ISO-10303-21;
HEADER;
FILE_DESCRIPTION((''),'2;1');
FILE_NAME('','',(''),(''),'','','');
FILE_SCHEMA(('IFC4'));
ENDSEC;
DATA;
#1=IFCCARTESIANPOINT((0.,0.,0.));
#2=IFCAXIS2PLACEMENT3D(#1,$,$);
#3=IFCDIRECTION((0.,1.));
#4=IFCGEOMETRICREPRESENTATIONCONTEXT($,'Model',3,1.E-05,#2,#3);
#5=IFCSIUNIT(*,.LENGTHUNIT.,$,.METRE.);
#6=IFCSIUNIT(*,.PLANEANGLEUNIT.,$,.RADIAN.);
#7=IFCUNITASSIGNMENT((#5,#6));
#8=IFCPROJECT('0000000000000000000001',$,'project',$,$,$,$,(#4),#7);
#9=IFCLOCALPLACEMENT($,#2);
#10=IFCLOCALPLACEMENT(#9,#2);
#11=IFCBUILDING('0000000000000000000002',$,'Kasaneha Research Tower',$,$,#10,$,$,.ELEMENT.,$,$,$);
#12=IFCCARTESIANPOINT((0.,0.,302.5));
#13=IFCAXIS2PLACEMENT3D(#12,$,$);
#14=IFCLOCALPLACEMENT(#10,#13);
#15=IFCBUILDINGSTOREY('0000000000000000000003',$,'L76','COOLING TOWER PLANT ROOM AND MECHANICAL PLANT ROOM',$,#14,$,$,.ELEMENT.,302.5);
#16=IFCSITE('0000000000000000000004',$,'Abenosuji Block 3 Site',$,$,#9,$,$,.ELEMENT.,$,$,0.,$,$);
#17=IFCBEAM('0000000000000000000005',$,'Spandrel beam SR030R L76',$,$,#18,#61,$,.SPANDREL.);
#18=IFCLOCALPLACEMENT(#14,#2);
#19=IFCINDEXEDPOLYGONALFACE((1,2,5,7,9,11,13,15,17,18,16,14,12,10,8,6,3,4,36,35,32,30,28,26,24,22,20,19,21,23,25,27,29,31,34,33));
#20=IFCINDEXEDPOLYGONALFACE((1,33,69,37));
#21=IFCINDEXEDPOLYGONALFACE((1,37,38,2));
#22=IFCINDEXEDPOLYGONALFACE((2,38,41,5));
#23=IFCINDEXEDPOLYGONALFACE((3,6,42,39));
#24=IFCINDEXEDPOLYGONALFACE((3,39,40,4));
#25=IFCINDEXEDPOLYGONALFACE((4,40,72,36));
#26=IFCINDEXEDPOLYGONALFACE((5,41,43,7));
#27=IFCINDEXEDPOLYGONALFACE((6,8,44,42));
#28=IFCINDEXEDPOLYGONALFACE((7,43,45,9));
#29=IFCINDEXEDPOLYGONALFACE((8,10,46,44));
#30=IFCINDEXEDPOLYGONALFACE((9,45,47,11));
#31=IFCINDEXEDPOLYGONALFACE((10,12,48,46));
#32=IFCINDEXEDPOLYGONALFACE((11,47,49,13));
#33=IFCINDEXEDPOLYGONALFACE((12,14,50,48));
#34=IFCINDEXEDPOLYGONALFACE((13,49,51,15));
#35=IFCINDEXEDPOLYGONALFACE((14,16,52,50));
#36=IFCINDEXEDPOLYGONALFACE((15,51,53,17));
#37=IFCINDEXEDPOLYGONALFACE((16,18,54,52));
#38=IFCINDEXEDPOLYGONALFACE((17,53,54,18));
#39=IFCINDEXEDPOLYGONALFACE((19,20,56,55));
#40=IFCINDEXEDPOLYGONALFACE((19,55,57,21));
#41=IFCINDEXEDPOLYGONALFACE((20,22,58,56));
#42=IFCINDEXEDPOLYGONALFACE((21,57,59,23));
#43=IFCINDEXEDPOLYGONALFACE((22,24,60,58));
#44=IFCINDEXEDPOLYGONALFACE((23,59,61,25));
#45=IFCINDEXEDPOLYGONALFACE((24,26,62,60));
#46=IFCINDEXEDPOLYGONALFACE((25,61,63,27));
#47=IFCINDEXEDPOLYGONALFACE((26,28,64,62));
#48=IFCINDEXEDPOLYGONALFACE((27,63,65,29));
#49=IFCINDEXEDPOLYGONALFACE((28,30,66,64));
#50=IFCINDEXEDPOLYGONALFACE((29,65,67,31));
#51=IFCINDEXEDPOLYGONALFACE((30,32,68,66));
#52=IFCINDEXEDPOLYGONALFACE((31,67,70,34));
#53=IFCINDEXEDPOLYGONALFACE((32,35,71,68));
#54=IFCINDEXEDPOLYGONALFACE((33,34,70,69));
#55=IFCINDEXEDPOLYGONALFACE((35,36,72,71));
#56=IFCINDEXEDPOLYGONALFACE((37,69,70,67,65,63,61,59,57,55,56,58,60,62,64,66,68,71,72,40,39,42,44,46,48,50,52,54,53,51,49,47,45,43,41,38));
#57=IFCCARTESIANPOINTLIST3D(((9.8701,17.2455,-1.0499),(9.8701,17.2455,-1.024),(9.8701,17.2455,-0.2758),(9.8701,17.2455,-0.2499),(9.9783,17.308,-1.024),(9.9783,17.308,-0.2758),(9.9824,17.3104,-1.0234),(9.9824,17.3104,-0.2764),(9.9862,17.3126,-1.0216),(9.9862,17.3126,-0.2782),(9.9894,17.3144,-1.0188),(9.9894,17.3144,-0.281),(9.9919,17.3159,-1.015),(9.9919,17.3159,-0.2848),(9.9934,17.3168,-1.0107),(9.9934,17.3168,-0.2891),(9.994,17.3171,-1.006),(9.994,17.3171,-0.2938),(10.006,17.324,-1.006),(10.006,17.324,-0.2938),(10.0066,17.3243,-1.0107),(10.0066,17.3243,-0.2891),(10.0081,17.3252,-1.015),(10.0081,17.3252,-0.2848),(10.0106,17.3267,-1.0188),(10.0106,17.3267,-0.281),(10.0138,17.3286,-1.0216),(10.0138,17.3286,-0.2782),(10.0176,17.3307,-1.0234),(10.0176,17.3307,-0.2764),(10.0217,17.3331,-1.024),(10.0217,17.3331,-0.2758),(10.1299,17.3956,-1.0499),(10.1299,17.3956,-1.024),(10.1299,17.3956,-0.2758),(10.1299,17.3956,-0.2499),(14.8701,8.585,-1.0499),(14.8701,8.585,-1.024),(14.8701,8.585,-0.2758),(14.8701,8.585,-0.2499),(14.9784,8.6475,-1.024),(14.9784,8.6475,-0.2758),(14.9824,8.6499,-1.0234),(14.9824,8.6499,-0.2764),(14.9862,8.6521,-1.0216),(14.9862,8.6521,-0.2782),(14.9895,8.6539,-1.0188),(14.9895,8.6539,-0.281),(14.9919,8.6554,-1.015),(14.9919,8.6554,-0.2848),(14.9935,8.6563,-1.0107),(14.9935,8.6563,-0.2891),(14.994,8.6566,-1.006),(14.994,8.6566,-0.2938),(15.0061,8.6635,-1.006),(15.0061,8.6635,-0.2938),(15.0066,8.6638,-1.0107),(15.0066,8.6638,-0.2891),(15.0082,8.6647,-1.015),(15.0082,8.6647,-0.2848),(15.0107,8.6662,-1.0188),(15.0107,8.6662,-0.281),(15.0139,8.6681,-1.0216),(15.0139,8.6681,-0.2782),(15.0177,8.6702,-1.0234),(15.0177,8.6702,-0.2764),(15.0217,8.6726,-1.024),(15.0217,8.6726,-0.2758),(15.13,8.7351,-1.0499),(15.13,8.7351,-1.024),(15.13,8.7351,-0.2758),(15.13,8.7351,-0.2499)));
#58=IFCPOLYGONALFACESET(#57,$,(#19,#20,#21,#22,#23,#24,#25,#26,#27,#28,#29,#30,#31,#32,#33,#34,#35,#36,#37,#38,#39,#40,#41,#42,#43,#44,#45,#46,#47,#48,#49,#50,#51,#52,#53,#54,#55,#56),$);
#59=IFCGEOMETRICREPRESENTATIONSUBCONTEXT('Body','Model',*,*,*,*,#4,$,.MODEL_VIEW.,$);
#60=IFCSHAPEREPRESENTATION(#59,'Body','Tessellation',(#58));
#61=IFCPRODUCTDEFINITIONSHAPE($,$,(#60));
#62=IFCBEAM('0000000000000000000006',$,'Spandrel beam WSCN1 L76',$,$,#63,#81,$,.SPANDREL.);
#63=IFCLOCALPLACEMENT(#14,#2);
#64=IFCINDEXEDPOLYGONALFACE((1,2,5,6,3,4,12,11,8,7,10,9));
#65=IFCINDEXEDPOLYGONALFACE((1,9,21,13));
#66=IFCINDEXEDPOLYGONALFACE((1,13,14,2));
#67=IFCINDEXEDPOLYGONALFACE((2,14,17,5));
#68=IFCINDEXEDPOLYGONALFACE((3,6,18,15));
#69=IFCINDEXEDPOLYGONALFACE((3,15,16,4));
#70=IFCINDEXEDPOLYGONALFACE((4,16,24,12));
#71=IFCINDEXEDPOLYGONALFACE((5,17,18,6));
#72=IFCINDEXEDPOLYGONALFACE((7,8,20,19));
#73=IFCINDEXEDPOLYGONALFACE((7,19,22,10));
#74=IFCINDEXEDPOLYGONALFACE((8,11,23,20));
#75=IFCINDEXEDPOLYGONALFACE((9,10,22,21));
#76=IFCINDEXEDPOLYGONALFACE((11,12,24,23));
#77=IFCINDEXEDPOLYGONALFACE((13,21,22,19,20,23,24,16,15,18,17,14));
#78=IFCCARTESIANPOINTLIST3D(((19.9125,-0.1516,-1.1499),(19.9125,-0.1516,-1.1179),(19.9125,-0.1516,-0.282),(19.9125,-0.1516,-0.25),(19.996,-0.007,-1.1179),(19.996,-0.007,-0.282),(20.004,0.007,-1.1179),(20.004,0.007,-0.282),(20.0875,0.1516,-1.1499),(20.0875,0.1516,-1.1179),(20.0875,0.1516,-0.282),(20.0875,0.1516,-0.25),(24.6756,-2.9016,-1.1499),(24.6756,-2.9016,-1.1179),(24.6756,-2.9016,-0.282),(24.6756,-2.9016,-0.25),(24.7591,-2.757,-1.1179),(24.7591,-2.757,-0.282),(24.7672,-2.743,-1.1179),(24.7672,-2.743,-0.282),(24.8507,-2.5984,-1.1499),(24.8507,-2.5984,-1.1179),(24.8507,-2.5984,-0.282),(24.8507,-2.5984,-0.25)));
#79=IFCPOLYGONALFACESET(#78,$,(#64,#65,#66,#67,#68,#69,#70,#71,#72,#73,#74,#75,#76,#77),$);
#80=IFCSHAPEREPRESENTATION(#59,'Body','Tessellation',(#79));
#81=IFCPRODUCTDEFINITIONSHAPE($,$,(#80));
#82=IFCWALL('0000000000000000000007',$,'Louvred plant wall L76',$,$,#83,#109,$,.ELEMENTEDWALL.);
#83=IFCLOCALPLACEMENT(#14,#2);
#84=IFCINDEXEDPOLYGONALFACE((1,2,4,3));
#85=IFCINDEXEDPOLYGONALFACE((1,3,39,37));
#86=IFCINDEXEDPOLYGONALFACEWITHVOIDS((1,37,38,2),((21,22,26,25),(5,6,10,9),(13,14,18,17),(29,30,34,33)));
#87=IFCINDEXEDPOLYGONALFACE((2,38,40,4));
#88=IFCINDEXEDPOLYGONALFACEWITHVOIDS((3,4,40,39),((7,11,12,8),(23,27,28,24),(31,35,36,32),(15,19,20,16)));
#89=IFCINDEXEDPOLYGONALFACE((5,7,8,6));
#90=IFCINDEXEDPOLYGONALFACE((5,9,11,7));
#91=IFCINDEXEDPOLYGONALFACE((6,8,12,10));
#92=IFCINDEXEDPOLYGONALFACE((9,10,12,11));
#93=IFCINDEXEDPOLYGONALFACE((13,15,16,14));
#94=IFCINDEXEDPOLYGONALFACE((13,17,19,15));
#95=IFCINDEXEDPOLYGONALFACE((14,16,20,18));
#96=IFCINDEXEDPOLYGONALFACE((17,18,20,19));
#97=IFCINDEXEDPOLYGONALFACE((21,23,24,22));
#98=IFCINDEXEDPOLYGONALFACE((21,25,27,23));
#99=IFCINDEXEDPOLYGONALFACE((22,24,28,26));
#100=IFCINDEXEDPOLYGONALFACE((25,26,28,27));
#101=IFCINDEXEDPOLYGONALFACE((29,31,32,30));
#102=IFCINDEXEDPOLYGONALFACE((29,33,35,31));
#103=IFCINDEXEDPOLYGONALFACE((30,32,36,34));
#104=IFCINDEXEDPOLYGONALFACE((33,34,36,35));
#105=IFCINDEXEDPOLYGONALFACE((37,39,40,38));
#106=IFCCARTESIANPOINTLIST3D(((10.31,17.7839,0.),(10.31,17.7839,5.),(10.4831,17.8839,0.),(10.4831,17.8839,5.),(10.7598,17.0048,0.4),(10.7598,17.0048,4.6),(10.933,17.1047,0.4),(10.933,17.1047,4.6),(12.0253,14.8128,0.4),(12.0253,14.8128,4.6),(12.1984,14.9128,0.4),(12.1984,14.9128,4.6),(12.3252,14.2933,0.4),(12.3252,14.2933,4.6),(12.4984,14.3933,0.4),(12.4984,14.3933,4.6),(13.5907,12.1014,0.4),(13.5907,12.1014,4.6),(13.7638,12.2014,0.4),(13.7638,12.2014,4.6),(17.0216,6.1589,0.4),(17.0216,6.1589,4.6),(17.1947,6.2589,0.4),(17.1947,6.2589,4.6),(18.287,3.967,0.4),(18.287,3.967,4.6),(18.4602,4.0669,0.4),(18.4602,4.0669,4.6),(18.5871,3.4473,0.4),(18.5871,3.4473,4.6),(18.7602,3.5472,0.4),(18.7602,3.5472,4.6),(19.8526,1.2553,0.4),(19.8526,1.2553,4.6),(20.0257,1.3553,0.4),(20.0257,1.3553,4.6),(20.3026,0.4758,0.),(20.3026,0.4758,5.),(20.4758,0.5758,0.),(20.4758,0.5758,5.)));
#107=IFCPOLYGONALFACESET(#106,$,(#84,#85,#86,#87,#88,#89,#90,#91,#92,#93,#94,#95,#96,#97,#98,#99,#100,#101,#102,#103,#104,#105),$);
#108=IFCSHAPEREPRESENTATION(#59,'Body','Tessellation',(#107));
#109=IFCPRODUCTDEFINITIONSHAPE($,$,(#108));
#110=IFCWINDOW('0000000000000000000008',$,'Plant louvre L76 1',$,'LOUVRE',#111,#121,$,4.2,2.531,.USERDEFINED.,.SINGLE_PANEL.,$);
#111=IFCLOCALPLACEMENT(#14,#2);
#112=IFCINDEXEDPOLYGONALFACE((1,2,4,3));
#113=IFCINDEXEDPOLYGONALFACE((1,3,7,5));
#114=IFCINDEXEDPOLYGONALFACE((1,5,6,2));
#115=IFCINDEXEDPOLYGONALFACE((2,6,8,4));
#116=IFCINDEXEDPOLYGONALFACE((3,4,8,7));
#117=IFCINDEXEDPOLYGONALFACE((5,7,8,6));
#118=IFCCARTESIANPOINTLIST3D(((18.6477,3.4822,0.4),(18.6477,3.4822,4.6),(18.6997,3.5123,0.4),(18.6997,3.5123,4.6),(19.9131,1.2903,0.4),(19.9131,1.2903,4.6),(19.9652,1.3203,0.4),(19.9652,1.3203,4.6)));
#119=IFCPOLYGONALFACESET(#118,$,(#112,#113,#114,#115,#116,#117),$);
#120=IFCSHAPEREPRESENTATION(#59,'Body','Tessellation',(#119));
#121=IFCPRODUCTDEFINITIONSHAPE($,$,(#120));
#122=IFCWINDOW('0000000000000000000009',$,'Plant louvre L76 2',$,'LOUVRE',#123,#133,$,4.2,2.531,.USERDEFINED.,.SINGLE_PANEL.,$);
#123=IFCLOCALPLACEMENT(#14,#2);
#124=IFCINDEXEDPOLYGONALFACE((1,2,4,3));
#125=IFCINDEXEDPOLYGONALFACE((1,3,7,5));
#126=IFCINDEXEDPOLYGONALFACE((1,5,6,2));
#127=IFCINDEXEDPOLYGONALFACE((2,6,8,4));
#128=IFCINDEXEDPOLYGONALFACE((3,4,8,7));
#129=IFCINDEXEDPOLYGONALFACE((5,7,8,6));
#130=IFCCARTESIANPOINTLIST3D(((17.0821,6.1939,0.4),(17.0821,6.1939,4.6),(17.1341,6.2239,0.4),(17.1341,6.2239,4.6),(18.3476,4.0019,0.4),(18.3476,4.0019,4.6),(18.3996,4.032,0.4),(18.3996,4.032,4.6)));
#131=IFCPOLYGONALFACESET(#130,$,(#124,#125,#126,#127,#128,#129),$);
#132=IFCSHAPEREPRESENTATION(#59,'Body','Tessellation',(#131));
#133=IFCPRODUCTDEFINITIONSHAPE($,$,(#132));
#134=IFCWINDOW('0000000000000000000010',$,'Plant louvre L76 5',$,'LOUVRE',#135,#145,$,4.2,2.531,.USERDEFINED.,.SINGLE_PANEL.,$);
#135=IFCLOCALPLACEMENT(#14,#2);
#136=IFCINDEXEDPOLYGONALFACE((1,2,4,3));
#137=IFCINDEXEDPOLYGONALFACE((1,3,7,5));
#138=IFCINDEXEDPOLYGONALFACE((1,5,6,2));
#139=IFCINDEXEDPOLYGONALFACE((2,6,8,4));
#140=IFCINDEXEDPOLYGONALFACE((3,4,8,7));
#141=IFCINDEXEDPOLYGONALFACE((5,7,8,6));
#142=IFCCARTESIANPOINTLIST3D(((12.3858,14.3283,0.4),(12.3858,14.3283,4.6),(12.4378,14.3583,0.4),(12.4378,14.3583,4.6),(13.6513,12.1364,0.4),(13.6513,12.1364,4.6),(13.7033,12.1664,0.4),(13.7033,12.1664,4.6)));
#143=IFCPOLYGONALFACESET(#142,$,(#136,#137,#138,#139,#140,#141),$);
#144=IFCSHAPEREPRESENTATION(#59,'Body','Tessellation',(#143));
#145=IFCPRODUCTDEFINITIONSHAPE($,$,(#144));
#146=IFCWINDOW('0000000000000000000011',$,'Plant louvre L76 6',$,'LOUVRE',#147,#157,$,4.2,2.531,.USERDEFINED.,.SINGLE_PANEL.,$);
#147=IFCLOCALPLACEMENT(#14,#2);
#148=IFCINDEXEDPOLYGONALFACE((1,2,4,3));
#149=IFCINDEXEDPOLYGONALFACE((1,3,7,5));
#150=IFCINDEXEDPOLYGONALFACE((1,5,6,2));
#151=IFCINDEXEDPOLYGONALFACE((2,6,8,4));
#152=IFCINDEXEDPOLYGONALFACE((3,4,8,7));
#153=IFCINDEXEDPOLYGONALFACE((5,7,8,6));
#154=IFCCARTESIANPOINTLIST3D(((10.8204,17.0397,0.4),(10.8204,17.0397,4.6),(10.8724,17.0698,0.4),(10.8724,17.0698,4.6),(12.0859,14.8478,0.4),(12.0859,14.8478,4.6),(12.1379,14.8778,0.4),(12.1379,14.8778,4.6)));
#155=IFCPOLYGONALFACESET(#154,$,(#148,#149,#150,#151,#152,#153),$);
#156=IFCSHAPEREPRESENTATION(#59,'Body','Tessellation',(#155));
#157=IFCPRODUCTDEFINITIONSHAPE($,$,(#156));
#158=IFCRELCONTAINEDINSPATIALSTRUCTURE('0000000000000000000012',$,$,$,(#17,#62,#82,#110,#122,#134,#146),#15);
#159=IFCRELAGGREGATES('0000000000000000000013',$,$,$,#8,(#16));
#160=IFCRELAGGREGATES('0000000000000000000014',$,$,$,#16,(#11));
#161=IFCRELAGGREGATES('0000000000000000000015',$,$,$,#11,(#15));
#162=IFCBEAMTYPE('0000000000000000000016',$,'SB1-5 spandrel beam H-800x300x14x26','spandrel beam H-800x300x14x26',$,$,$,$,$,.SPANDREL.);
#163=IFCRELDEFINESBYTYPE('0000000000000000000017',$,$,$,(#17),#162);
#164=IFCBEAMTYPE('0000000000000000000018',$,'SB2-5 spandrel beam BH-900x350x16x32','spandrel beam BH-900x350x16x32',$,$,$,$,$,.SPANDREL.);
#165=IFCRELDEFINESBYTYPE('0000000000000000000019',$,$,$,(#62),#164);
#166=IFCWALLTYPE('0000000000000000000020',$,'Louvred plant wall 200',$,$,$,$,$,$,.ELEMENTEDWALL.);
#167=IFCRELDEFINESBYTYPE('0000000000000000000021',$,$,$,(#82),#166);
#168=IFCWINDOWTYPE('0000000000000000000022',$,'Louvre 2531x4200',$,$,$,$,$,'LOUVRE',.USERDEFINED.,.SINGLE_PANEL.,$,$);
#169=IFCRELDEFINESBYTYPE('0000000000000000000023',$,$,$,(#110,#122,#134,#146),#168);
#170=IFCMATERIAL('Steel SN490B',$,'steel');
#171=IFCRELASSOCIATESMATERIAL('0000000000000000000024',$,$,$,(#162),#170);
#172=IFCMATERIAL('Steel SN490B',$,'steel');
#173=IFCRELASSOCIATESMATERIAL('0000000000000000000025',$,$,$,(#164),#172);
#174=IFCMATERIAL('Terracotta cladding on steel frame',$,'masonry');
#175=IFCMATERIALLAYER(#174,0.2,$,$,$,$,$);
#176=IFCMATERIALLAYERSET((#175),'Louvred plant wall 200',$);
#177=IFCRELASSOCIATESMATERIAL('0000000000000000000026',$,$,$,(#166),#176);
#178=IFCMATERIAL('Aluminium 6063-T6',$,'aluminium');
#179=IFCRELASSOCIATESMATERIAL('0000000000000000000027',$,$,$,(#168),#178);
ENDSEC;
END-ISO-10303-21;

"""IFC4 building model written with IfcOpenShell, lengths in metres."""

from ifc_helpers import new_model, si_unit, direction, frame, frame_2d, origin, origin_2d, place, context, subcontext, project, spatial, rectangle, i_section, extrude, material, layer, layer_set, material_profile, profile_set, type_object, element, fill, save


model = new_model("IFC4")

# Units and contexts
model_context = context("Model", 3, precision=1e-05, world=origin(), true_north=direction((0.0, 1.0)))
body_context = subcontext(model_context, "Body", "Model", "MODEL_VIEW")
ifc_project = project(units=[si_unit("LENGTHUNIT", "METRE"), si_unit("PLANEANGLEUNIT", "RADIAN")], contexts=[model_context])

# Site, building, storey
site_placement = place(None, origin())
site = spatial("IfcSite", under=ifc_project, at=site_placement, Name="Abenosuji Block 3 Site", CompositionType="ELEMENT", RefElevation=0.0)
building_placement = place(site_placement, origin())
building = spatial("IfcBuilding", under=site, at=building_placement, Name="Kasaneha Research Tower", CompositionType="ELEMENT")
storey_placement = place(building_placement, frame((0.0, 0.0, 302.5)))
storey = spatial("IfcBuildingStorey", under=building, at=storey_placement, Name="L76", Description="COOLING TOWER PLANT ROOM AND MECHANICAL PLANT ROOM", CompositionType="ELEMENT", Elevation=302.5)

# Beams
ifc_material_1 = material(Name="Steel SN490B", Category="steel")
ifc_material_profile_1 = material_profile(ifc_material_1, i_section(OverallWidth=0.3, OverallDepth=0.8, WebThickness=0.0139, FlangeThickness=0.0259, FilletRadius=0.0181, at=origin_2d()), Name="H-800x300x14x26")
ifc_profile_set_1 = profile_set([ifc_material_profile_1], Name="Steel SN490B")
beam_type_1 = type_object("IfcBeamType", Name="SB1-5 spandrel beam H-800x300x14x26", Description="spandrel beam H-800x300x14x26", PredefinedType="SPANDREL", material=ifc_profile_set_1)
beam_1_placement = place(storey_placement, frame((10.0, 17.3206, -0.6499), z_axis=(0.499994, -0.866029, 0.0), x_axis=(0.866029, 0.499994, 0.0)))
element("IfcBeam", 1, at=beam_1_placement, inside=storey, type_object=beam_type_1, Name="Spandrel beam SR030R L76", PredefinedType="SPANDREL", context=body_context, shape_type="SweptSolid", body=[
    extrude(i_section(OverallWidth=0.3, OverallDepth=0.8, WebThickness=0.0139, FlangeThickness=0.0259, FilletRadius=0.0181, at=origin_2d()), origin(), (0.0, 0.0, 1.0), 10.0002),
])
ifc_material_2 = material(Name="Steel SN490B", Category="steel")
ifc_material_profile_2 = material_profile(ifc_material_2, i_section(OverallWidth=0.3501, OverallDepth=0.8999, WebThickness=0.0161, FlangeThickness=0.032, at=origin_2d()), Name="BH-900x350x16x32")
ifc_profile_set_2 = profile_set([ifc_material_profile_2], Name="Steel SN490B")
beam_type_2 = type_object("IfcBeamType", Name="SB2-5 spandrel beam BH-900x350x16x32", Description="spandrel beam BH-900x350x16x32", PredefinedType="SPANDREL", material=ifc_profile_set_2)
beam_2_placement = place(storey_placement, frame((20.0, 0.0, -0.7), z_axis=(0.866027, -0.499997, 0.0), x_axis=(0.499997, 0.866027, 0.0)))
element("IfcBeam", 2, at=beam_2_placement, inside=storey, type_object=beam_type_2, Name="Spandrel beam WSCN1 L76", PredefinedType="SPANDREL", context=body_context, shape_type="SweptSolid", body=[
    extrude(i_section(OverallWidth=0.3501, OverallDepth=0.8999, WebThickness=0.0161, FlangeThickness=0.032, at=origin_2d()), origin(), (0.0, 0.0, 1.0), 5.5),
])

# Wall, openings, windows
ifc_material_3 = material(Name="Terracotta cladding on steel frame", Category="masonry")
ifc_layer = layer(ifc_material_3, 0.2)
ifc_layer_set = layer_set([ifc_layer], Name="Louvred plant wall 200")
wall_type = type_object("IfcWallType", Name="Louvred plant wall 200", PredefinedType="ELEMENTEDWALL", material=ifc_layer_set)
wall_1_placement = place(storey_placement, frame((20.3892, 0.5259, 0.0), z_axis=(0.0, 0.0, 1.0), x_axis=(-0.499994, 0.866029, 0.0)))
wall_1 = element("IfcWall", 3, at=wall_1_placement, inside=storey, type_object=wall_type, Name="Louvred plant wall L76", PredefinedType="ELEMENTEDWALL", context=body_context, shape_type="SweptSolid", body=[
    extrude(rectangle(XDim=19.9856, YDim=0.2, at=frame_2d((9.9927, 0.0))), origin(), (0.0, 0.0, 1.0), 5.0),
])
opening_1_placement = place(wall_1_placement, frame((0.8999, 0.0, 0.3999)))
opening_1 = element("IfcOpeningElement", 4, at=opening_1_placement, cuts=wall_1, PredefinedType="OPENING", context=body_context, shape_type="SweptSolid", body=[
    extrude(rectangle(XDim=2.531, YDim=4.2, at=frame_2d((1.2656, 2.1001))), frame((0.0, 0.1099, 0.0), z_axis=(0.0, -1.0, 0.0), x_axis=(1.0, 0.0, 0.0)), (0.0, 0.0, 1.0), 0.22),
])
opening_2_placement = place(wall_1_placement, frame((4.031, 0.0, 0.3999)))
opening_2 = element("IfcOpeningElement", 5, at=opening_2_placement, cuts=wall_1, PredefinedType="OPENING", context=body_context, shape_type="SweptSolid", body=[
    extrude(rectangle(XDim=2.531, YDim=4.2, at=frame_2d((1.2656, 2.1001))), frame((0.0, 0.1099, 0.0), z_axis=(0.0, -1.0, 0.0), x_axis=(1.0, 0.0, 0.0)), (0.0, 0.0, 1.0), 0.22),
])
opening_3_placement = place(wall_1_placement, frame((13.4238, 0.0, 0.3999)))
opening_3 = element("IfcOpeningElement", 6, at=opening_3_placement, cuts=wall_1, PredefinedType="OPENING", context=body_context, shape_type="SweptSolid", body=[
    extrude(rectangle(XDim=2.531, YDim=4.2, at=frame_2d((1.2656, 2.1001))), frame((0.0, 0.1099, 0.0), z_axis=(0.0, -1.0, 0.0), x_axis=(1.0, 0.0, 0.0)), (0.0, 0.0, 1.0), 0.22),
])
opening_4_placement = place(wall_1_placement, frame((16.5547, 0.0, 0.3999)))
opening_4 = element("IfcOpeningElement", 7, at=opening_4_placement, cuts=wall_1, PredefinedType="OPENING", context=body_context, shape_type="SweptSolid", body=[
    extrude(rectangle(XDim=2.531, YDim=4.2, at=frame_2d((1.2656, 2.1001))), frame((0.0, 0.1099, 0.0), z_axis=(0.0, -1.0, 0.0), x_axis=(1.0, 0.0, 0.0)), (0.0, 0.0, 1.0), 0.22),
])
ifc_material_4 = material(Name="Aluminium 6063-T6", Category="aluminium")
window_type_1 = type_object("IfcWindowType", Name="Louvre 2531x4200", ElementType="LOUVRE", PartitioningType="SINGLE_PANEL", PredefinedType="USERDEFINED", material=ifc_material_4)
window_1_placement = place(opening_1_placement, origin())
window_1 = element("IfcWindow", 8, at=window_1_placement, inside=storey, type_object=window_type_1, Name="Plant louvre L76 1", ObjectType="LOUVRE", OverallHeight=4.2, OverallWidth=2.531, PartitioningType="SINGLE_PANEL", PredefinedType="USERDEFINED", context=body_context, shape_type="SweptSolid", body=[
    extrude(rectangle(XDim=2.531, YDim=4.2, at=frame_2d((1.2656, 2.1001))), frame((0.0, 0.03, 0.0), z_axis=(0.0, -1.0, 0.0), x_axis=(1.0, 0.0, 0.0)), (0.0, 0.0, 1.0), 0.0601),
])
fill(opening_1, window_1)
window_2_placement = place(opening_2_placement, origin())
window_2 = element("IfcWindow", 9, at=window_2_placement, inside=storey, type_object=window_type_1, Name="Plant louvre L76 2", ObjectType="LOUVRE", OverallHeight=4.2, OverallWidth=2.531, PartitioningType="SINGLE_PANEL", PredefinedType="USERDEFINED", context=body_context, shape_type="SweptSolid", body=[
    extrude(rectangle(XDim=2.531, YDim=4.2, at=frame_2d((1.2656, 2.1001))), frame((0.0, 0.03, 0.0), z_axis=(0.0, -1.0, 0.0), x_axis=(1.0, 0.0, 0.0)), (0.0, 0.0, 1.0), 0.0601),
])
fill(opening_2, window_2)
window_3_placement = place(opening_3_placement, origin())
window_3 = element("IfcWindow", 10, at=window_3_placement, inside=storey, type_object=window_type_1, Name="Plant louvre L76 5", ObjectType="LOUVRE", OverallHeight=4.2, OverallWidth=2.531, PartitioningType="SINGLE_PANEL", PredefinedType="USERDEFINED", context=body_context, shape_type="SweptSolid", body=[
    extrude(rectangle(XDim=2.531, YDim=4.2, at=frame_2d((1.2656, 2.1001))), frame((0.0, 0.03, 0.0), z_axis=(0.0, -1.0, 0.0), x_axis=(1.0, 0.0, 0.0)), (0.0, 0.0, 1.0), 0.0601),
])
fill(opening_3, window_3)
window_4_placement = place(opening_4_placement, origin())
window_4 = element("IfcWindow", 11, at=window_4_placement, inside=storey, type_object=window_type_1, Name="Plant louvre L76 6", ObjectType="LOUVRE", OverallHeight=4.2, OverallWidth=2.531, PartitioningType="SINGLE_PANEL", PredefinedType="USERDEFINED", context=body_context, shape_type="SweptSolid", body=[
    extrude(rectangle(XDim=2.531, YDim=4.2, at=frame_2d((1.2656, 2.1001))), frame((0.0, 0.03, 0.0), z_axis=(0.0, -1.0, 0.0), x_axis=(1.0, 0.0, 0.0)), (0.0, 0.0, 1.0), 0.0601),
])
fill(opening_4, window_4)

save(model, "model.ifc")
